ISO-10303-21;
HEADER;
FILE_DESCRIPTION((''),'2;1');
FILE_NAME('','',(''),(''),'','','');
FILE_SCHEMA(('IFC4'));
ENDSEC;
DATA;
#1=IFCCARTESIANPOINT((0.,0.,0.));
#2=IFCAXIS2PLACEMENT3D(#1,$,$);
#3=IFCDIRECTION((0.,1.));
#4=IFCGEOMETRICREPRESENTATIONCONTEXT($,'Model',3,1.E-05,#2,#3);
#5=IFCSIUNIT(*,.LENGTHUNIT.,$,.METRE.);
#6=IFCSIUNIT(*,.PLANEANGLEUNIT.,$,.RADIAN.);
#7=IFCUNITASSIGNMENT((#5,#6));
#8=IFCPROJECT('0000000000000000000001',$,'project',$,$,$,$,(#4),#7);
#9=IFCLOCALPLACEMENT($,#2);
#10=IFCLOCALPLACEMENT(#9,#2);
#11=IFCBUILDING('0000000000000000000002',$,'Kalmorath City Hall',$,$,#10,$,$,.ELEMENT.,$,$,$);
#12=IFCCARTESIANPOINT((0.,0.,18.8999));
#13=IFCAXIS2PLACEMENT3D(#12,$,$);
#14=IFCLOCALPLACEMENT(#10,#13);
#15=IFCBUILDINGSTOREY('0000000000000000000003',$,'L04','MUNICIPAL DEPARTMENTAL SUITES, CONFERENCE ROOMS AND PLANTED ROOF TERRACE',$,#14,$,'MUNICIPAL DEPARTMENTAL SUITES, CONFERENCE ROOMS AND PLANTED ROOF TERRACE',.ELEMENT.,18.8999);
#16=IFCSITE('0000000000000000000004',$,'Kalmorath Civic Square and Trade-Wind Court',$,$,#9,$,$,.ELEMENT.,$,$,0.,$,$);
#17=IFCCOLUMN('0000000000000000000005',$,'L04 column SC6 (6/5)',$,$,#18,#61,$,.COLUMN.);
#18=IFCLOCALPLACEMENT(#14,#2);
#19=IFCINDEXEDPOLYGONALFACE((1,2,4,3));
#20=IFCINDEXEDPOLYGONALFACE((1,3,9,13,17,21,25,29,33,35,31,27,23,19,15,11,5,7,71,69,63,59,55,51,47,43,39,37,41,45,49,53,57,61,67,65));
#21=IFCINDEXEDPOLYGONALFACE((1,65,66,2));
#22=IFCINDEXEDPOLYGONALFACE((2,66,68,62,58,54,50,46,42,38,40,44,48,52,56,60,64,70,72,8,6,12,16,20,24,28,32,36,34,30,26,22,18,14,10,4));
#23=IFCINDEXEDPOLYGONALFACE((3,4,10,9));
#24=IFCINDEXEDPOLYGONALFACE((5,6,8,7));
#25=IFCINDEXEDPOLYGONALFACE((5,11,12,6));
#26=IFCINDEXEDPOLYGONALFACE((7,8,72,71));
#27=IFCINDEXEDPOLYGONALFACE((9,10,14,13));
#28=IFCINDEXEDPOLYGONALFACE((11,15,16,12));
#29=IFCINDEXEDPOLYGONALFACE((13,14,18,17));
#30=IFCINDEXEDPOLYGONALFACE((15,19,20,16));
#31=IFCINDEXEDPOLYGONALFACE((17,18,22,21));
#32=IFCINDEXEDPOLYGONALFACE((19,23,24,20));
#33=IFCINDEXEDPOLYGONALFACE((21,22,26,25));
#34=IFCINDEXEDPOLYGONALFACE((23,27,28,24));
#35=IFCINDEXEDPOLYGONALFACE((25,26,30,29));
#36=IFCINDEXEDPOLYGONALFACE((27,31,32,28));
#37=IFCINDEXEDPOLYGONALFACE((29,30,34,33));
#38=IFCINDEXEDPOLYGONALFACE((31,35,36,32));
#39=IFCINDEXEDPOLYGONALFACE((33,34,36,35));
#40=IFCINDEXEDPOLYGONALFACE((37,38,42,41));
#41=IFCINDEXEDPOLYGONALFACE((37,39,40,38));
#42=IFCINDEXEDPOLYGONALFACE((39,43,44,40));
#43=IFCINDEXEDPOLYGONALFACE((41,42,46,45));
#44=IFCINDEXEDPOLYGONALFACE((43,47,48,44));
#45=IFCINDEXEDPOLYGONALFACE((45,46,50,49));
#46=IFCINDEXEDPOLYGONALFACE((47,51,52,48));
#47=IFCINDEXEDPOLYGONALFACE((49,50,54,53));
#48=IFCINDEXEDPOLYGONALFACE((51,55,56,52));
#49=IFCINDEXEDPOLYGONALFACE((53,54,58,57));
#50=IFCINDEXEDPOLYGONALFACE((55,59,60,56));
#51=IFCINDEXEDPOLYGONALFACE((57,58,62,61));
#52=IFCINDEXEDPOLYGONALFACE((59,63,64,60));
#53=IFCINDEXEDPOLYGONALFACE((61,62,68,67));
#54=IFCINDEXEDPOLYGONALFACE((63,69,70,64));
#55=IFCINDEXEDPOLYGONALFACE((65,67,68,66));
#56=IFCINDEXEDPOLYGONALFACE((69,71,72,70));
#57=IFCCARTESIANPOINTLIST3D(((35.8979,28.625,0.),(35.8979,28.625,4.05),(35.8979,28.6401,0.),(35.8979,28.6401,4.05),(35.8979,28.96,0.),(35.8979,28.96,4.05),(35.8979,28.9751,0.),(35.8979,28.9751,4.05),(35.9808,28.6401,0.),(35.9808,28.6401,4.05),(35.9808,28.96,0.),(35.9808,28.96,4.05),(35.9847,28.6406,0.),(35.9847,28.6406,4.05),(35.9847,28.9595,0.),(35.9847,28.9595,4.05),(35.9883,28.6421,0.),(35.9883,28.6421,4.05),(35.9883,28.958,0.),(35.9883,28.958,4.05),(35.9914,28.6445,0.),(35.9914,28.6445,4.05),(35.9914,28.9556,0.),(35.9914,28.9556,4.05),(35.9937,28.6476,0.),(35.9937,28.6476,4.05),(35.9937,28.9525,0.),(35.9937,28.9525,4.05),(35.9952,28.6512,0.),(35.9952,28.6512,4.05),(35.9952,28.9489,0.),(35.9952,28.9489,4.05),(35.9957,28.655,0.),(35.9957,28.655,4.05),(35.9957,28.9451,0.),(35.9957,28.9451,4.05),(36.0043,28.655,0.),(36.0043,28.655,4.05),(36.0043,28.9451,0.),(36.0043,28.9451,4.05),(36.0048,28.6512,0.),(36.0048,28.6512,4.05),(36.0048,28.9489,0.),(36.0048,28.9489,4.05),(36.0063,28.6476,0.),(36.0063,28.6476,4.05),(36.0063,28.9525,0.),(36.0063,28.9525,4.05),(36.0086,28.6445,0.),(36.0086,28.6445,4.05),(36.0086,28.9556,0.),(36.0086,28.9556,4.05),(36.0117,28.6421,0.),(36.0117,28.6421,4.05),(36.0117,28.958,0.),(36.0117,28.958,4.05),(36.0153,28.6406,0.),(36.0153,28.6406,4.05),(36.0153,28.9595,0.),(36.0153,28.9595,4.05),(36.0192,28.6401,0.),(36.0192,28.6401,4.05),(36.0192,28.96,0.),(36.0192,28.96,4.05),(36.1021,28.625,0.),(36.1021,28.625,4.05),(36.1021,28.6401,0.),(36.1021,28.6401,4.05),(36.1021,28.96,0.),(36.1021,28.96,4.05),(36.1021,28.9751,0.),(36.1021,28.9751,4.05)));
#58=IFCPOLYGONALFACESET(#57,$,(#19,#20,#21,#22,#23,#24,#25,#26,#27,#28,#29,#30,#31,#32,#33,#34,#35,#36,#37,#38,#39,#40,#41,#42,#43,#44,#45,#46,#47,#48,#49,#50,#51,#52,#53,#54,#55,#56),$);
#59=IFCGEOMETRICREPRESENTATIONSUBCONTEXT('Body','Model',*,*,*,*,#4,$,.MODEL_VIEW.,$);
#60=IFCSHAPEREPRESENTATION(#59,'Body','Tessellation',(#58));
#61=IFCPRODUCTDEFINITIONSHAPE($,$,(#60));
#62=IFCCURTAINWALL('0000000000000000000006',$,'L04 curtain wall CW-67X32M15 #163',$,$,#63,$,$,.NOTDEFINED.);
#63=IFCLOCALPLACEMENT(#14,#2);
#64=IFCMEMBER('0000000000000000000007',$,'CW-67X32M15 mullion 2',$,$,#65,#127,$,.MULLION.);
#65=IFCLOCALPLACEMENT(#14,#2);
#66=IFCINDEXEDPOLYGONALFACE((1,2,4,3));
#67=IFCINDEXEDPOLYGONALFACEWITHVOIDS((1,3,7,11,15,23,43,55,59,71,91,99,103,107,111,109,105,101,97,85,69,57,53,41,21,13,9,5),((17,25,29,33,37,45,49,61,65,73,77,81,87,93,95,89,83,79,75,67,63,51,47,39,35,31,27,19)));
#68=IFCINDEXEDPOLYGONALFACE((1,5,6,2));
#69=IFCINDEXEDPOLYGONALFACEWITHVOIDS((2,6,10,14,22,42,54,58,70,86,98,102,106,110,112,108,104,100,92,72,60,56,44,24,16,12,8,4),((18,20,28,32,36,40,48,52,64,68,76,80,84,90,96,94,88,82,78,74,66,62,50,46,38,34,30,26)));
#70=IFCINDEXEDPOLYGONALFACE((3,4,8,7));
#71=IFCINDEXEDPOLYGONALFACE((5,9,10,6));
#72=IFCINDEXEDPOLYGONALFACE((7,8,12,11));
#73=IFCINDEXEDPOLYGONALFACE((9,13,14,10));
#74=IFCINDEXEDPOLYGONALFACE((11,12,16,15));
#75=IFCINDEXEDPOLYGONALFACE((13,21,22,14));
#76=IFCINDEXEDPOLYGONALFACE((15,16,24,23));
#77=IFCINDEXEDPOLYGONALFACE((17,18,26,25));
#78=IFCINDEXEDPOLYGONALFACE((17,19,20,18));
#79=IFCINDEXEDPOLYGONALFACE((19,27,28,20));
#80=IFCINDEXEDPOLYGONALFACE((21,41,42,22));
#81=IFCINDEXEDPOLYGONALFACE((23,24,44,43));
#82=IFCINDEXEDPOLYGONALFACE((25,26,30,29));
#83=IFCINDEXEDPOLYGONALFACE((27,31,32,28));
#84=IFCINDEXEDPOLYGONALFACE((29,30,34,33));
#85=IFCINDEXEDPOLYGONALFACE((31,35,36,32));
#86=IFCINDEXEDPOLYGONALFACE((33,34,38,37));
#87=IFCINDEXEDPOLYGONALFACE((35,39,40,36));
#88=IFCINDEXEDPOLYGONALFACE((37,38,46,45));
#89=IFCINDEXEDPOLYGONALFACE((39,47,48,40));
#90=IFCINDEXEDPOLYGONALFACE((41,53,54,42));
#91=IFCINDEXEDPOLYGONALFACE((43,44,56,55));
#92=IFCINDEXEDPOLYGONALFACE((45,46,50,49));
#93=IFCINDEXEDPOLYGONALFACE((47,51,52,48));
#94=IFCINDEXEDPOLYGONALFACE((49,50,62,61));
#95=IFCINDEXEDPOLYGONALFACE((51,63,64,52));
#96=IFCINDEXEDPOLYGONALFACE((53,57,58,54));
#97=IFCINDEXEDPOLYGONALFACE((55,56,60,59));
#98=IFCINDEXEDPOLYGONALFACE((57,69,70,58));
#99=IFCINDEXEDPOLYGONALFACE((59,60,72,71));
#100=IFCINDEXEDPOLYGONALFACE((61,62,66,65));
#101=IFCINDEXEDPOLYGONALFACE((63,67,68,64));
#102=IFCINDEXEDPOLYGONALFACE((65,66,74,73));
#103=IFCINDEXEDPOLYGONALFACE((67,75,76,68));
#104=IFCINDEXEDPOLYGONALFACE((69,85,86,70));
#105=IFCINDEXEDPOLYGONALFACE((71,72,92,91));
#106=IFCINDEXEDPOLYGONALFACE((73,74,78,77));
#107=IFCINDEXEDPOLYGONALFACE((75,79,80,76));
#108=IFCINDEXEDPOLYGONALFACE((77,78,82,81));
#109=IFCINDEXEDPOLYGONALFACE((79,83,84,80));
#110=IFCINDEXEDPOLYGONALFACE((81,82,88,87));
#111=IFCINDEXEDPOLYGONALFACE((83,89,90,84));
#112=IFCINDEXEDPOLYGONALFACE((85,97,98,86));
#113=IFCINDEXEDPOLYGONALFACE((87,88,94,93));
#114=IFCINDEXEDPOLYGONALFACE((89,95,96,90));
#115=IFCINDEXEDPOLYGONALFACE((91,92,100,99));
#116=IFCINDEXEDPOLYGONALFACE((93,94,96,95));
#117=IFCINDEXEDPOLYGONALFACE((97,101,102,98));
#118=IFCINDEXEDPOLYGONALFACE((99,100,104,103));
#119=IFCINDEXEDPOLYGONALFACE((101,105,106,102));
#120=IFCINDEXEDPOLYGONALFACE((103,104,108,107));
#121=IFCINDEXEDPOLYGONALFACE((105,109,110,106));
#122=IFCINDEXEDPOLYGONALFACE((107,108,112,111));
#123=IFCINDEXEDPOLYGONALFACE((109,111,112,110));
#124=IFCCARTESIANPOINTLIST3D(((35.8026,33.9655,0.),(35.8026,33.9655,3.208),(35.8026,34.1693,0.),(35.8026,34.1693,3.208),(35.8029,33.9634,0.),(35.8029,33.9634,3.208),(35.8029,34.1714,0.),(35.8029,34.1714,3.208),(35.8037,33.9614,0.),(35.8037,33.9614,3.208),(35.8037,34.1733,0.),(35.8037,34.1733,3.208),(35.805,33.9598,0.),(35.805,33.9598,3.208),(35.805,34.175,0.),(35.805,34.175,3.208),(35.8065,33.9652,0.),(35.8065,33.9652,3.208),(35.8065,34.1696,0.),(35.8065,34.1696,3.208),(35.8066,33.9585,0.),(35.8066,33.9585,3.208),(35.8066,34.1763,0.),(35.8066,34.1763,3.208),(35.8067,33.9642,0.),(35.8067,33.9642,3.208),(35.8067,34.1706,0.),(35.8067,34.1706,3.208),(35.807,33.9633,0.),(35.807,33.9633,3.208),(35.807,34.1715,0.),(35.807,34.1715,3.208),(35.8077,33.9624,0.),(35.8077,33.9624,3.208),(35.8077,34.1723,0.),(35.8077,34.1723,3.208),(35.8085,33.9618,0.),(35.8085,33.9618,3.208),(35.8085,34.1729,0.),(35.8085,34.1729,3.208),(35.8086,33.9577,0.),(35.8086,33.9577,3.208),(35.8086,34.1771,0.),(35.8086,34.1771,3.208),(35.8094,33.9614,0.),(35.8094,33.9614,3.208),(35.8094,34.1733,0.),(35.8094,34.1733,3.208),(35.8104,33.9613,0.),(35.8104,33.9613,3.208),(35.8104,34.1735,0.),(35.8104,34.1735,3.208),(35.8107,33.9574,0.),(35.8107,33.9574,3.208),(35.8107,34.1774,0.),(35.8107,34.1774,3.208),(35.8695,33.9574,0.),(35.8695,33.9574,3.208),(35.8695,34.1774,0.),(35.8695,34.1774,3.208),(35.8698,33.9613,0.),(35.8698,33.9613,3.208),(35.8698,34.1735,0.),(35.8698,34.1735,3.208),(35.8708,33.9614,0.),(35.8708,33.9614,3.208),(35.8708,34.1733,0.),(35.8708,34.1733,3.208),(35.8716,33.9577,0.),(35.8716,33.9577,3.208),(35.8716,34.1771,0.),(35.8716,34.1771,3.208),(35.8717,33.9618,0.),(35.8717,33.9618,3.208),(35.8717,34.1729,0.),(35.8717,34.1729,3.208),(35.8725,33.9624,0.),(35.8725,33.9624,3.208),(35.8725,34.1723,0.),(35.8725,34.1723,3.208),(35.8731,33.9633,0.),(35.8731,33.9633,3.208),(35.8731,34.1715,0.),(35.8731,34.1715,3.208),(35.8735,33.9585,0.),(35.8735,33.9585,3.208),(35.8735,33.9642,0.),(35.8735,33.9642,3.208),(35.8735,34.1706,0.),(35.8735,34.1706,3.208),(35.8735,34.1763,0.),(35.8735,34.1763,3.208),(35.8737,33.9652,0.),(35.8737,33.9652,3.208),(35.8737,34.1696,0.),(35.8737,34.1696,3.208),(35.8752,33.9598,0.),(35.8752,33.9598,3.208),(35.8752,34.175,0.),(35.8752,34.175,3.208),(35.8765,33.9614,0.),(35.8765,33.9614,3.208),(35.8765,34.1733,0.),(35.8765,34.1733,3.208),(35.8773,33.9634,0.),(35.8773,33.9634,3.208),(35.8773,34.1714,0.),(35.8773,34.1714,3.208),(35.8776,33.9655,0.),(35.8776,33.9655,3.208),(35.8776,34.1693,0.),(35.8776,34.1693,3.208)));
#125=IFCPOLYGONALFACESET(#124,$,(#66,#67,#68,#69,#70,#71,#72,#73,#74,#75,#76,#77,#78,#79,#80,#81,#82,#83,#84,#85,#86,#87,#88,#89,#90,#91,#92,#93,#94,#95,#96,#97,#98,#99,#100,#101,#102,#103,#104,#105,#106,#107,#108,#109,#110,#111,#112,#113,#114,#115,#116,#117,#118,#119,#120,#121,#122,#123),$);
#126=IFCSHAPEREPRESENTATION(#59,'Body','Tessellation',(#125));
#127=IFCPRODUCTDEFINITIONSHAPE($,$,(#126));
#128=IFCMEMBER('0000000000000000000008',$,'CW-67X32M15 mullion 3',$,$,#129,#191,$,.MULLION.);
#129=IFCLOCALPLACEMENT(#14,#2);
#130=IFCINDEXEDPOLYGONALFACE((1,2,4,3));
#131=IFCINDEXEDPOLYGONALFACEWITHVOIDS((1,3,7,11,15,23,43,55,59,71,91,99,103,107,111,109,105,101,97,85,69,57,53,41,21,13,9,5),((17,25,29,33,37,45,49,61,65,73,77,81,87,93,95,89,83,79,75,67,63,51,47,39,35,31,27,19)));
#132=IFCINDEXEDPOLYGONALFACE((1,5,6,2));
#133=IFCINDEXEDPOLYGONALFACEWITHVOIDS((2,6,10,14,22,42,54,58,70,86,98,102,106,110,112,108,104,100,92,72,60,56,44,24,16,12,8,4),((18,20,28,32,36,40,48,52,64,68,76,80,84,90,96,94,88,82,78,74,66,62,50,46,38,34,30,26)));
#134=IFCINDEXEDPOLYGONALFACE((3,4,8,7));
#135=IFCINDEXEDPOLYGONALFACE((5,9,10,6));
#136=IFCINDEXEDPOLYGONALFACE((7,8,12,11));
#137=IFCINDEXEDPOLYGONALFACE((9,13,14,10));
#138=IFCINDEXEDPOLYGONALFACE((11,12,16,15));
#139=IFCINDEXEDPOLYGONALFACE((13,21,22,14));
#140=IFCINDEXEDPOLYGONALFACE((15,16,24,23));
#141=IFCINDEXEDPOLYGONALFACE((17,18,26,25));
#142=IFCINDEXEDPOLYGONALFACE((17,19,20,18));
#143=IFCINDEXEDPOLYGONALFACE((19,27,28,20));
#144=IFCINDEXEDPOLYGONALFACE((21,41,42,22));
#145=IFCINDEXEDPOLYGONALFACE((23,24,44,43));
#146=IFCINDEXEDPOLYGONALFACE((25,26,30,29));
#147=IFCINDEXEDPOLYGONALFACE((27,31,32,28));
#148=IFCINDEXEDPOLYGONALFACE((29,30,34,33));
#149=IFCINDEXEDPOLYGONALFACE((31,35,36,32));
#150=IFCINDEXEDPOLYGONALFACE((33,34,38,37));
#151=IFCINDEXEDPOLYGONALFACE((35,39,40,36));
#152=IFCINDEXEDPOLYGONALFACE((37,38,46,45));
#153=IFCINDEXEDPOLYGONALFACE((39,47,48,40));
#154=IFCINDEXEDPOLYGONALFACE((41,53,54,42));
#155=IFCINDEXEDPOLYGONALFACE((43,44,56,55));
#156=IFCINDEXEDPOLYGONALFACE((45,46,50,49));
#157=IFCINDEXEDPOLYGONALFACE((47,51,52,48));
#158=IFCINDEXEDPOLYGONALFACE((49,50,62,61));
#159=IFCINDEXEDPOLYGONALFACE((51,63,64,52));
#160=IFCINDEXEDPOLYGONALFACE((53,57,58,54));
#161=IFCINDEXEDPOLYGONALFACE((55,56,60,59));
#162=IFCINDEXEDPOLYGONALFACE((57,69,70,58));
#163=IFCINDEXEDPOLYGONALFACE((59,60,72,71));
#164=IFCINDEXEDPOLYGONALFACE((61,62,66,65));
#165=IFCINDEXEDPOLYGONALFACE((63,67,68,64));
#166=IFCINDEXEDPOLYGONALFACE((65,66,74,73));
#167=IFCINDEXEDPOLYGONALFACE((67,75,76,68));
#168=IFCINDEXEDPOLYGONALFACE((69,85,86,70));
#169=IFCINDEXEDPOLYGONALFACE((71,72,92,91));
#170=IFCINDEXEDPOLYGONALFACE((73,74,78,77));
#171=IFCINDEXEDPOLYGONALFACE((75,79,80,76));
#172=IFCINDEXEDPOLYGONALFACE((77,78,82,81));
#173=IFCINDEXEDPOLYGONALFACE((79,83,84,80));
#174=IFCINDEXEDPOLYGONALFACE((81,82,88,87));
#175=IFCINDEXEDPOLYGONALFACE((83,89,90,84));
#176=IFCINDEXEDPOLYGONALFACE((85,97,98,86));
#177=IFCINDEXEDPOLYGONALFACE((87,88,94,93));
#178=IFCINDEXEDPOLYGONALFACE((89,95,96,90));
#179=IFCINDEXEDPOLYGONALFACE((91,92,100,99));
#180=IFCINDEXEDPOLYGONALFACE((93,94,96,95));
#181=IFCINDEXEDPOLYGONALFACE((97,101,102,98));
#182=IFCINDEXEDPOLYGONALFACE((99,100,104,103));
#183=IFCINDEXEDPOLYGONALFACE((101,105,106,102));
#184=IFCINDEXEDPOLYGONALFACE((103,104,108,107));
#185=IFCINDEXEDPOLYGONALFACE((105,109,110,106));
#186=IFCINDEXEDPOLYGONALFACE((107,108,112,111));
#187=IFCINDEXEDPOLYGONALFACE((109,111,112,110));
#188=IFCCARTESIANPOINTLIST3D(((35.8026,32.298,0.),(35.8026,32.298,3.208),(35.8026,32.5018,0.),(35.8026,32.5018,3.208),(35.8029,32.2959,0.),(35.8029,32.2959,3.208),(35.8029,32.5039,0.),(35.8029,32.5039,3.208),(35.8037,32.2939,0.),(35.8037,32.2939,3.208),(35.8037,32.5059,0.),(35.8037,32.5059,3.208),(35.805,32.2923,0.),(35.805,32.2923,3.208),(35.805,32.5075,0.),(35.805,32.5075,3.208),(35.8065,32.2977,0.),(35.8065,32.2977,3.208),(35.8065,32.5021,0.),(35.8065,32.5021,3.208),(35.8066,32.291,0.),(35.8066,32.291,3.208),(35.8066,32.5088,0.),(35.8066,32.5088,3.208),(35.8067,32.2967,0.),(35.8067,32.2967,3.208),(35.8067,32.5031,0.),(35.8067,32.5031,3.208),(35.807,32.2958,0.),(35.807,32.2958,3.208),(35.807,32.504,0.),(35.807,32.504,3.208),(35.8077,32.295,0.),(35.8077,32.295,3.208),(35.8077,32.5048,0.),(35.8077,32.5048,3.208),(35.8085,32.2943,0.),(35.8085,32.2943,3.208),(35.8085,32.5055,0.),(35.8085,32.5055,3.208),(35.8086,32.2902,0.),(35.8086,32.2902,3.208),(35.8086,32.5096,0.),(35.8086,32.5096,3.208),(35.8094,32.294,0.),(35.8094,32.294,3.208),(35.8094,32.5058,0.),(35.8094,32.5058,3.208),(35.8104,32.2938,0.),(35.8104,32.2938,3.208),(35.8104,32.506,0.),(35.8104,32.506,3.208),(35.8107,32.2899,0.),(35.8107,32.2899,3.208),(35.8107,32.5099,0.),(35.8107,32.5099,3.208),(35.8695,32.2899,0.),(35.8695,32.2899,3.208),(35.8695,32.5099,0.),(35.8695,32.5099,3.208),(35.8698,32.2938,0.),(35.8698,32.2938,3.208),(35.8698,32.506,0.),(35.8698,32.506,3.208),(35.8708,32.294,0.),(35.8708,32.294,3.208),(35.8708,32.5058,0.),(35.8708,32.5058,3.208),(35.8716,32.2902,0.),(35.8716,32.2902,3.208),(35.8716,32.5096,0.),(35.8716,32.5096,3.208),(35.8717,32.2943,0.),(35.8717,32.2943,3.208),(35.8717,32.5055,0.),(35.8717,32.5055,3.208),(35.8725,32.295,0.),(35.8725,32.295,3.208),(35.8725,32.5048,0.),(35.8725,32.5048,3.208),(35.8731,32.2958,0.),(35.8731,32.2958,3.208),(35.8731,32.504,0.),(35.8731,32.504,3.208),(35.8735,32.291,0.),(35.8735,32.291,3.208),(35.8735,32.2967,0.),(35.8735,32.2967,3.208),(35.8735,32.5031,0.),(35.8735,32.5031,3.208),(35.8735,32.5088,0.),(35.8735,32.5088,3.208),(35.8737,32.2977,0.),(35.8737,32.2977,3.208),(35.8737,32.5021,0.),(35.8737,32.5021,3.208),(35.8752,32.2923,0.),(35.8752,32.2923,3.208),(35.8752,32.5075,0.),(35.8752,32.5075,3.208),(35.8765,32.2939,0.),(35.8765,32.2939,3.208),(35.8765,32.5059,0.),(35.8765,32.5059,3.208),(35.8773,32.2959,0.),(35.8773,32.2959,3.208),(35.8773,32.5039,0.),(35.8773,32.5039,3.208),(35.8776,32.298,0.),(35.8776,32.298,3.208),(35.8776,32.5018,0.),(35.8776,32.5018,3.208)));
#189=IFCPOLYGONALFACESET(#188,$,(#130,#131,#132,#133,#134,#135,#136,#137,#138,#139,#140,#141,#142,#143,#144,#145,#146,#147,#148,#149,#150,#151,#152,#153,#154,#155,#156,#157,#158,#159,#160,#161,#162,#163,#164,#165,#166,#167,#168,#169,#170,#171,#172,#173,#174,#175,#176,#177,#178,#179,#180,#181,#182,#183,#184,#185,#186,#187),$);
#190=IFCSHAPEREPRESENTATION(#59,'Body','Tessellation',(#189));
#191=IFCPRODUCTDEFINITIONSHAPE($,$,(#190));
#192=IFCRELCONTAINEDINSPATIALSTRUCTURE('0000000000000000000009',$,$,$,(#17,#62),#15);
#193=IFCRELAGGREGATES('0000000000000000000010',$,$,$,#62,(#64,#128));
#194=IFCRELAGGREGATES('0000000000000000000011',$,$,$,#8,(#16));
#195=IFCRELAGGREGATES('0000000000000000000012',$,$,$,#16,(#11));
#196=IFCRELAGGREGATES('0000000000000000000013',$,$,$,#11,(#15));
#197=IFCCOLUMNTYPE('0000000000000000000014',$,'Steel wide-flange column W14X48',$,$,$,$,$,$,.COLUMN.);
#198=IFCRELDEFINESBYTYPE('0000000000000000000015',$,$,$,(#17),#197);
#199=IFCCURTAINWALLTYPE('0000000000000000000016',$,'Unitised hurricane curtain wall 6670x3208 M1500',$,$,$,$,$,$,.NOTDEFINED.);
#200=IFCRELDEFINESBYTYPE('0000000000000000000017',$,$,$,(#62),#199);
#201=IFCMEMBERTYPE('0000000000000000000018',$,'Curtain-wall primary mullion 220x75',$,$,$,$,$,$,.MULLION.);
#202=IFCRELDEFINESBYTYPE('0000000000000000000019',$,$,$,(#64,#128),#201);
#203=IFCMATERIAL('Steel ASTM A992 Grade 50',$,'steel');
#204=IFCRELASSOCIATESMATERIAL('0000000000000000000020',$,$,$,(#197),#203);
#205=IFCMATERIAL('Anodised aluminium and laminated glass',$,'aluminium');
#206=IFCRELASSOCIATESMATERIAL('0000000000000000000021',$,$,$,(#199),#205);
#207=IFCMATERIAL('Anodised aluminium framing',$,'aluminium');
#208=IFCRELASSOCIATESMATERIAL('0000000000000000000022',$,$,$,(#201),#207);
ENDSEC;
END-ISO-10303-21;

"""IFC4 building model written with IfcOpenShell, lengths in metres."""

from ifc_helpers import new_model, si_unit, direction, frame, origin, origin_2d, place, context, subcontext, project, spatial, hollow_rectangle, i_section, extrude, material, material_profile, profile_set, type_object, element, aggregate, save


model = new_model("IFC4")

# Units and contexts
model_context = context("Model", 3, precision=1e-05, world=origin(), true_north=direction((0.0, 1.0)))
body_context = subcontext(model_context, "Body", "Model", "MODEL_VIEW")
ifc_project = project(units=[si_unit("LENGTHUNIT", "METRE"), si_unit("PLANEANGLEUNIT", "RADIAN")], contexts=[model_context])

# Site, building, storey
site_placement = place(None, origin())
site = spatial("IfcSite", under=ifc_project, at=site_placement, Name="Kalmorath Civic Square and Trade-Wind Court", CompositionType="ELEMENT", RefElevation=0.0)
building_placement = place(site_placement, origin())
building = spatial("IfcBuilding", under=site, at=building_placement, Name="Kalmorath City Hall", CompositionType="ELEMENT")
storey_placement = place(building_placement, frame((0.0, 0.0, 18.8999)))
storey = spatial("IfcBuildingStorey", under=building, at=storey_placement, Name="L04", Description="MUNICIPAL DEPARTMENTAL SUITES, CONFERENCE ROOMS AND PLANTED ROOF TERRACE", LongName="MUNICIPAL DEPARTMENTAL SUITES, CONFERENCE ROOMS AND PLANTED ROOF TERRACE", CompositionType="ELEMENT", Elevation=18.8999)

# Column
ifc_material_1 = material(Name="Steel ASTM A992 Grade 50", Category="steel")
ifc_material_profile_1 = material_profile(ifc_material_1, i_section(OverallWidth=0.2041, OverallDepth=0.3501, WebThickness=0.0085, FlangeThickness=0.0151, FilletRadius=0.0149, at=origin_2d()), Name="W14X48")
ifc_profile_set_1 = profile_set([ifc_material_profile_1], Name="Steel ASTM A992 Grade 50")
column_type = type_object("IfcColumnType", Name="Steel wide-flange column W14X48", PredefinedType="COLUMN", material=ifc_profile_set_1)
column_placement = place(storey_placement, frame((36.0, 28.8, 0.0), z_axis=(0.0, 0.0, 1.0), x_axis=(1.0, 0.0, 0.0)))
element("IfcColumn", 1, at=column_placement, inside=storey, type_object=column_type, Name="L04 column SC6 (6/5)", PredefinedType="COLUMN", context=body_context, shape_type="SweptSolid", body=[
    extrude(i_section(OverallWidth=0.2041, OverallDepth=0.3501, WebThickness=0.0085, FlangeThickness=0.0151, FilletRadius=0.0149, at=origin_2d()), origin(), (0.0, 0.0, 1.0), 4.05),
])

# Curtain wall, members
ifc_material_2 = material(Name="Anodised aluminium and laminated glass", Category="aluminium")
curtain_wall_type_1 = type_object("IfcCurtainWallType", Name="Unitised hurricane curtain wall 6670x3208 M1500", PredefinedType="NOTDEFINED", material=ifc_material_2)
curtain_wall_1_placement = place(storey_placement, origin())
curtain_wall_1 = element("IfcCurtainWall", 2, at=curtain_wall_1_placement, inside=storey, type_object=curtain_wall_type_1, Name="L04 curtain wall CW-67X32M15 #163", PredefinedType="NOTDEFINED")
ifc_material_3 = material(Name="Anodised aluminium framing", Category="aluminium")
ifc_material_profile_2 = material_profile(ifc_material_3, hollow_rectangle(XDim=0.075, YDim=0.22, WallThickness=0.0039, InnerFilletRadius=0.0039, OuterFilletRadius=0.0081, at=origin_2d()), Name="ALU-MUL-220X75X4")
ifc_profile_set_2 = profile_set([ifc_material_profile_2], Name="Anodised aluminium framing")
member_type_1 = type_object("IfcMemberType", Name="Curtain-wall primary mullion 220x75", PredefinedType="MULLION", material=ifc_profile_set_2)
member_1_placement = place(storey_placement, frame((35.8401, 34.0674, 0.0), z_axis=(0.0, 0.0, 1.0), x_axis=(1.0, 0.0, 0.0)))
member_1 = element("IfcMember", 3, at=member_1_placement, type_object=member_type_1, Name="CW-67X32M15 mullion 2", PredefinedType="MULLION", context=body_context, shape_type="SweptSolid", body=[
    extrude(hollow_rectangle(XDim=0.075, YDim=0.22, WallThickness=0.0039, InnerFilletRadius=0.0039, OuterFilletRadius=0.0081, at=origin_2d()), origin(), (0.0, 0.0, 1.0), 3.208),
])
member_2_placement = place(storey_placement, frame((35.8401, 32.3999, 0.0), z_axis=(0.0, 0.0, 1.0), x_axis=(1.0, 0.0, 0.0)))
member_2 = element("IfcMember", 4, at=member_2_placement, type_object=member_type_1, Name="CW-67X32M15 mullion 3", PredefinedType="MULLION", context=body_context, shape_type="SweptSolid", body=[
    extrude(hollow_rectangle(XDim=0.075, YDim=0.22, WallThickness=0.0039, InnerFilletRadius=0.0039, OuterFilletRadius=0.0081, at=origin_2d()), origin(), (0.0, 0.0, 1.0), 3.208),
])

aggregate(curtain_wall_1, [member_1, member_2])

save(model, "model.ifc")
